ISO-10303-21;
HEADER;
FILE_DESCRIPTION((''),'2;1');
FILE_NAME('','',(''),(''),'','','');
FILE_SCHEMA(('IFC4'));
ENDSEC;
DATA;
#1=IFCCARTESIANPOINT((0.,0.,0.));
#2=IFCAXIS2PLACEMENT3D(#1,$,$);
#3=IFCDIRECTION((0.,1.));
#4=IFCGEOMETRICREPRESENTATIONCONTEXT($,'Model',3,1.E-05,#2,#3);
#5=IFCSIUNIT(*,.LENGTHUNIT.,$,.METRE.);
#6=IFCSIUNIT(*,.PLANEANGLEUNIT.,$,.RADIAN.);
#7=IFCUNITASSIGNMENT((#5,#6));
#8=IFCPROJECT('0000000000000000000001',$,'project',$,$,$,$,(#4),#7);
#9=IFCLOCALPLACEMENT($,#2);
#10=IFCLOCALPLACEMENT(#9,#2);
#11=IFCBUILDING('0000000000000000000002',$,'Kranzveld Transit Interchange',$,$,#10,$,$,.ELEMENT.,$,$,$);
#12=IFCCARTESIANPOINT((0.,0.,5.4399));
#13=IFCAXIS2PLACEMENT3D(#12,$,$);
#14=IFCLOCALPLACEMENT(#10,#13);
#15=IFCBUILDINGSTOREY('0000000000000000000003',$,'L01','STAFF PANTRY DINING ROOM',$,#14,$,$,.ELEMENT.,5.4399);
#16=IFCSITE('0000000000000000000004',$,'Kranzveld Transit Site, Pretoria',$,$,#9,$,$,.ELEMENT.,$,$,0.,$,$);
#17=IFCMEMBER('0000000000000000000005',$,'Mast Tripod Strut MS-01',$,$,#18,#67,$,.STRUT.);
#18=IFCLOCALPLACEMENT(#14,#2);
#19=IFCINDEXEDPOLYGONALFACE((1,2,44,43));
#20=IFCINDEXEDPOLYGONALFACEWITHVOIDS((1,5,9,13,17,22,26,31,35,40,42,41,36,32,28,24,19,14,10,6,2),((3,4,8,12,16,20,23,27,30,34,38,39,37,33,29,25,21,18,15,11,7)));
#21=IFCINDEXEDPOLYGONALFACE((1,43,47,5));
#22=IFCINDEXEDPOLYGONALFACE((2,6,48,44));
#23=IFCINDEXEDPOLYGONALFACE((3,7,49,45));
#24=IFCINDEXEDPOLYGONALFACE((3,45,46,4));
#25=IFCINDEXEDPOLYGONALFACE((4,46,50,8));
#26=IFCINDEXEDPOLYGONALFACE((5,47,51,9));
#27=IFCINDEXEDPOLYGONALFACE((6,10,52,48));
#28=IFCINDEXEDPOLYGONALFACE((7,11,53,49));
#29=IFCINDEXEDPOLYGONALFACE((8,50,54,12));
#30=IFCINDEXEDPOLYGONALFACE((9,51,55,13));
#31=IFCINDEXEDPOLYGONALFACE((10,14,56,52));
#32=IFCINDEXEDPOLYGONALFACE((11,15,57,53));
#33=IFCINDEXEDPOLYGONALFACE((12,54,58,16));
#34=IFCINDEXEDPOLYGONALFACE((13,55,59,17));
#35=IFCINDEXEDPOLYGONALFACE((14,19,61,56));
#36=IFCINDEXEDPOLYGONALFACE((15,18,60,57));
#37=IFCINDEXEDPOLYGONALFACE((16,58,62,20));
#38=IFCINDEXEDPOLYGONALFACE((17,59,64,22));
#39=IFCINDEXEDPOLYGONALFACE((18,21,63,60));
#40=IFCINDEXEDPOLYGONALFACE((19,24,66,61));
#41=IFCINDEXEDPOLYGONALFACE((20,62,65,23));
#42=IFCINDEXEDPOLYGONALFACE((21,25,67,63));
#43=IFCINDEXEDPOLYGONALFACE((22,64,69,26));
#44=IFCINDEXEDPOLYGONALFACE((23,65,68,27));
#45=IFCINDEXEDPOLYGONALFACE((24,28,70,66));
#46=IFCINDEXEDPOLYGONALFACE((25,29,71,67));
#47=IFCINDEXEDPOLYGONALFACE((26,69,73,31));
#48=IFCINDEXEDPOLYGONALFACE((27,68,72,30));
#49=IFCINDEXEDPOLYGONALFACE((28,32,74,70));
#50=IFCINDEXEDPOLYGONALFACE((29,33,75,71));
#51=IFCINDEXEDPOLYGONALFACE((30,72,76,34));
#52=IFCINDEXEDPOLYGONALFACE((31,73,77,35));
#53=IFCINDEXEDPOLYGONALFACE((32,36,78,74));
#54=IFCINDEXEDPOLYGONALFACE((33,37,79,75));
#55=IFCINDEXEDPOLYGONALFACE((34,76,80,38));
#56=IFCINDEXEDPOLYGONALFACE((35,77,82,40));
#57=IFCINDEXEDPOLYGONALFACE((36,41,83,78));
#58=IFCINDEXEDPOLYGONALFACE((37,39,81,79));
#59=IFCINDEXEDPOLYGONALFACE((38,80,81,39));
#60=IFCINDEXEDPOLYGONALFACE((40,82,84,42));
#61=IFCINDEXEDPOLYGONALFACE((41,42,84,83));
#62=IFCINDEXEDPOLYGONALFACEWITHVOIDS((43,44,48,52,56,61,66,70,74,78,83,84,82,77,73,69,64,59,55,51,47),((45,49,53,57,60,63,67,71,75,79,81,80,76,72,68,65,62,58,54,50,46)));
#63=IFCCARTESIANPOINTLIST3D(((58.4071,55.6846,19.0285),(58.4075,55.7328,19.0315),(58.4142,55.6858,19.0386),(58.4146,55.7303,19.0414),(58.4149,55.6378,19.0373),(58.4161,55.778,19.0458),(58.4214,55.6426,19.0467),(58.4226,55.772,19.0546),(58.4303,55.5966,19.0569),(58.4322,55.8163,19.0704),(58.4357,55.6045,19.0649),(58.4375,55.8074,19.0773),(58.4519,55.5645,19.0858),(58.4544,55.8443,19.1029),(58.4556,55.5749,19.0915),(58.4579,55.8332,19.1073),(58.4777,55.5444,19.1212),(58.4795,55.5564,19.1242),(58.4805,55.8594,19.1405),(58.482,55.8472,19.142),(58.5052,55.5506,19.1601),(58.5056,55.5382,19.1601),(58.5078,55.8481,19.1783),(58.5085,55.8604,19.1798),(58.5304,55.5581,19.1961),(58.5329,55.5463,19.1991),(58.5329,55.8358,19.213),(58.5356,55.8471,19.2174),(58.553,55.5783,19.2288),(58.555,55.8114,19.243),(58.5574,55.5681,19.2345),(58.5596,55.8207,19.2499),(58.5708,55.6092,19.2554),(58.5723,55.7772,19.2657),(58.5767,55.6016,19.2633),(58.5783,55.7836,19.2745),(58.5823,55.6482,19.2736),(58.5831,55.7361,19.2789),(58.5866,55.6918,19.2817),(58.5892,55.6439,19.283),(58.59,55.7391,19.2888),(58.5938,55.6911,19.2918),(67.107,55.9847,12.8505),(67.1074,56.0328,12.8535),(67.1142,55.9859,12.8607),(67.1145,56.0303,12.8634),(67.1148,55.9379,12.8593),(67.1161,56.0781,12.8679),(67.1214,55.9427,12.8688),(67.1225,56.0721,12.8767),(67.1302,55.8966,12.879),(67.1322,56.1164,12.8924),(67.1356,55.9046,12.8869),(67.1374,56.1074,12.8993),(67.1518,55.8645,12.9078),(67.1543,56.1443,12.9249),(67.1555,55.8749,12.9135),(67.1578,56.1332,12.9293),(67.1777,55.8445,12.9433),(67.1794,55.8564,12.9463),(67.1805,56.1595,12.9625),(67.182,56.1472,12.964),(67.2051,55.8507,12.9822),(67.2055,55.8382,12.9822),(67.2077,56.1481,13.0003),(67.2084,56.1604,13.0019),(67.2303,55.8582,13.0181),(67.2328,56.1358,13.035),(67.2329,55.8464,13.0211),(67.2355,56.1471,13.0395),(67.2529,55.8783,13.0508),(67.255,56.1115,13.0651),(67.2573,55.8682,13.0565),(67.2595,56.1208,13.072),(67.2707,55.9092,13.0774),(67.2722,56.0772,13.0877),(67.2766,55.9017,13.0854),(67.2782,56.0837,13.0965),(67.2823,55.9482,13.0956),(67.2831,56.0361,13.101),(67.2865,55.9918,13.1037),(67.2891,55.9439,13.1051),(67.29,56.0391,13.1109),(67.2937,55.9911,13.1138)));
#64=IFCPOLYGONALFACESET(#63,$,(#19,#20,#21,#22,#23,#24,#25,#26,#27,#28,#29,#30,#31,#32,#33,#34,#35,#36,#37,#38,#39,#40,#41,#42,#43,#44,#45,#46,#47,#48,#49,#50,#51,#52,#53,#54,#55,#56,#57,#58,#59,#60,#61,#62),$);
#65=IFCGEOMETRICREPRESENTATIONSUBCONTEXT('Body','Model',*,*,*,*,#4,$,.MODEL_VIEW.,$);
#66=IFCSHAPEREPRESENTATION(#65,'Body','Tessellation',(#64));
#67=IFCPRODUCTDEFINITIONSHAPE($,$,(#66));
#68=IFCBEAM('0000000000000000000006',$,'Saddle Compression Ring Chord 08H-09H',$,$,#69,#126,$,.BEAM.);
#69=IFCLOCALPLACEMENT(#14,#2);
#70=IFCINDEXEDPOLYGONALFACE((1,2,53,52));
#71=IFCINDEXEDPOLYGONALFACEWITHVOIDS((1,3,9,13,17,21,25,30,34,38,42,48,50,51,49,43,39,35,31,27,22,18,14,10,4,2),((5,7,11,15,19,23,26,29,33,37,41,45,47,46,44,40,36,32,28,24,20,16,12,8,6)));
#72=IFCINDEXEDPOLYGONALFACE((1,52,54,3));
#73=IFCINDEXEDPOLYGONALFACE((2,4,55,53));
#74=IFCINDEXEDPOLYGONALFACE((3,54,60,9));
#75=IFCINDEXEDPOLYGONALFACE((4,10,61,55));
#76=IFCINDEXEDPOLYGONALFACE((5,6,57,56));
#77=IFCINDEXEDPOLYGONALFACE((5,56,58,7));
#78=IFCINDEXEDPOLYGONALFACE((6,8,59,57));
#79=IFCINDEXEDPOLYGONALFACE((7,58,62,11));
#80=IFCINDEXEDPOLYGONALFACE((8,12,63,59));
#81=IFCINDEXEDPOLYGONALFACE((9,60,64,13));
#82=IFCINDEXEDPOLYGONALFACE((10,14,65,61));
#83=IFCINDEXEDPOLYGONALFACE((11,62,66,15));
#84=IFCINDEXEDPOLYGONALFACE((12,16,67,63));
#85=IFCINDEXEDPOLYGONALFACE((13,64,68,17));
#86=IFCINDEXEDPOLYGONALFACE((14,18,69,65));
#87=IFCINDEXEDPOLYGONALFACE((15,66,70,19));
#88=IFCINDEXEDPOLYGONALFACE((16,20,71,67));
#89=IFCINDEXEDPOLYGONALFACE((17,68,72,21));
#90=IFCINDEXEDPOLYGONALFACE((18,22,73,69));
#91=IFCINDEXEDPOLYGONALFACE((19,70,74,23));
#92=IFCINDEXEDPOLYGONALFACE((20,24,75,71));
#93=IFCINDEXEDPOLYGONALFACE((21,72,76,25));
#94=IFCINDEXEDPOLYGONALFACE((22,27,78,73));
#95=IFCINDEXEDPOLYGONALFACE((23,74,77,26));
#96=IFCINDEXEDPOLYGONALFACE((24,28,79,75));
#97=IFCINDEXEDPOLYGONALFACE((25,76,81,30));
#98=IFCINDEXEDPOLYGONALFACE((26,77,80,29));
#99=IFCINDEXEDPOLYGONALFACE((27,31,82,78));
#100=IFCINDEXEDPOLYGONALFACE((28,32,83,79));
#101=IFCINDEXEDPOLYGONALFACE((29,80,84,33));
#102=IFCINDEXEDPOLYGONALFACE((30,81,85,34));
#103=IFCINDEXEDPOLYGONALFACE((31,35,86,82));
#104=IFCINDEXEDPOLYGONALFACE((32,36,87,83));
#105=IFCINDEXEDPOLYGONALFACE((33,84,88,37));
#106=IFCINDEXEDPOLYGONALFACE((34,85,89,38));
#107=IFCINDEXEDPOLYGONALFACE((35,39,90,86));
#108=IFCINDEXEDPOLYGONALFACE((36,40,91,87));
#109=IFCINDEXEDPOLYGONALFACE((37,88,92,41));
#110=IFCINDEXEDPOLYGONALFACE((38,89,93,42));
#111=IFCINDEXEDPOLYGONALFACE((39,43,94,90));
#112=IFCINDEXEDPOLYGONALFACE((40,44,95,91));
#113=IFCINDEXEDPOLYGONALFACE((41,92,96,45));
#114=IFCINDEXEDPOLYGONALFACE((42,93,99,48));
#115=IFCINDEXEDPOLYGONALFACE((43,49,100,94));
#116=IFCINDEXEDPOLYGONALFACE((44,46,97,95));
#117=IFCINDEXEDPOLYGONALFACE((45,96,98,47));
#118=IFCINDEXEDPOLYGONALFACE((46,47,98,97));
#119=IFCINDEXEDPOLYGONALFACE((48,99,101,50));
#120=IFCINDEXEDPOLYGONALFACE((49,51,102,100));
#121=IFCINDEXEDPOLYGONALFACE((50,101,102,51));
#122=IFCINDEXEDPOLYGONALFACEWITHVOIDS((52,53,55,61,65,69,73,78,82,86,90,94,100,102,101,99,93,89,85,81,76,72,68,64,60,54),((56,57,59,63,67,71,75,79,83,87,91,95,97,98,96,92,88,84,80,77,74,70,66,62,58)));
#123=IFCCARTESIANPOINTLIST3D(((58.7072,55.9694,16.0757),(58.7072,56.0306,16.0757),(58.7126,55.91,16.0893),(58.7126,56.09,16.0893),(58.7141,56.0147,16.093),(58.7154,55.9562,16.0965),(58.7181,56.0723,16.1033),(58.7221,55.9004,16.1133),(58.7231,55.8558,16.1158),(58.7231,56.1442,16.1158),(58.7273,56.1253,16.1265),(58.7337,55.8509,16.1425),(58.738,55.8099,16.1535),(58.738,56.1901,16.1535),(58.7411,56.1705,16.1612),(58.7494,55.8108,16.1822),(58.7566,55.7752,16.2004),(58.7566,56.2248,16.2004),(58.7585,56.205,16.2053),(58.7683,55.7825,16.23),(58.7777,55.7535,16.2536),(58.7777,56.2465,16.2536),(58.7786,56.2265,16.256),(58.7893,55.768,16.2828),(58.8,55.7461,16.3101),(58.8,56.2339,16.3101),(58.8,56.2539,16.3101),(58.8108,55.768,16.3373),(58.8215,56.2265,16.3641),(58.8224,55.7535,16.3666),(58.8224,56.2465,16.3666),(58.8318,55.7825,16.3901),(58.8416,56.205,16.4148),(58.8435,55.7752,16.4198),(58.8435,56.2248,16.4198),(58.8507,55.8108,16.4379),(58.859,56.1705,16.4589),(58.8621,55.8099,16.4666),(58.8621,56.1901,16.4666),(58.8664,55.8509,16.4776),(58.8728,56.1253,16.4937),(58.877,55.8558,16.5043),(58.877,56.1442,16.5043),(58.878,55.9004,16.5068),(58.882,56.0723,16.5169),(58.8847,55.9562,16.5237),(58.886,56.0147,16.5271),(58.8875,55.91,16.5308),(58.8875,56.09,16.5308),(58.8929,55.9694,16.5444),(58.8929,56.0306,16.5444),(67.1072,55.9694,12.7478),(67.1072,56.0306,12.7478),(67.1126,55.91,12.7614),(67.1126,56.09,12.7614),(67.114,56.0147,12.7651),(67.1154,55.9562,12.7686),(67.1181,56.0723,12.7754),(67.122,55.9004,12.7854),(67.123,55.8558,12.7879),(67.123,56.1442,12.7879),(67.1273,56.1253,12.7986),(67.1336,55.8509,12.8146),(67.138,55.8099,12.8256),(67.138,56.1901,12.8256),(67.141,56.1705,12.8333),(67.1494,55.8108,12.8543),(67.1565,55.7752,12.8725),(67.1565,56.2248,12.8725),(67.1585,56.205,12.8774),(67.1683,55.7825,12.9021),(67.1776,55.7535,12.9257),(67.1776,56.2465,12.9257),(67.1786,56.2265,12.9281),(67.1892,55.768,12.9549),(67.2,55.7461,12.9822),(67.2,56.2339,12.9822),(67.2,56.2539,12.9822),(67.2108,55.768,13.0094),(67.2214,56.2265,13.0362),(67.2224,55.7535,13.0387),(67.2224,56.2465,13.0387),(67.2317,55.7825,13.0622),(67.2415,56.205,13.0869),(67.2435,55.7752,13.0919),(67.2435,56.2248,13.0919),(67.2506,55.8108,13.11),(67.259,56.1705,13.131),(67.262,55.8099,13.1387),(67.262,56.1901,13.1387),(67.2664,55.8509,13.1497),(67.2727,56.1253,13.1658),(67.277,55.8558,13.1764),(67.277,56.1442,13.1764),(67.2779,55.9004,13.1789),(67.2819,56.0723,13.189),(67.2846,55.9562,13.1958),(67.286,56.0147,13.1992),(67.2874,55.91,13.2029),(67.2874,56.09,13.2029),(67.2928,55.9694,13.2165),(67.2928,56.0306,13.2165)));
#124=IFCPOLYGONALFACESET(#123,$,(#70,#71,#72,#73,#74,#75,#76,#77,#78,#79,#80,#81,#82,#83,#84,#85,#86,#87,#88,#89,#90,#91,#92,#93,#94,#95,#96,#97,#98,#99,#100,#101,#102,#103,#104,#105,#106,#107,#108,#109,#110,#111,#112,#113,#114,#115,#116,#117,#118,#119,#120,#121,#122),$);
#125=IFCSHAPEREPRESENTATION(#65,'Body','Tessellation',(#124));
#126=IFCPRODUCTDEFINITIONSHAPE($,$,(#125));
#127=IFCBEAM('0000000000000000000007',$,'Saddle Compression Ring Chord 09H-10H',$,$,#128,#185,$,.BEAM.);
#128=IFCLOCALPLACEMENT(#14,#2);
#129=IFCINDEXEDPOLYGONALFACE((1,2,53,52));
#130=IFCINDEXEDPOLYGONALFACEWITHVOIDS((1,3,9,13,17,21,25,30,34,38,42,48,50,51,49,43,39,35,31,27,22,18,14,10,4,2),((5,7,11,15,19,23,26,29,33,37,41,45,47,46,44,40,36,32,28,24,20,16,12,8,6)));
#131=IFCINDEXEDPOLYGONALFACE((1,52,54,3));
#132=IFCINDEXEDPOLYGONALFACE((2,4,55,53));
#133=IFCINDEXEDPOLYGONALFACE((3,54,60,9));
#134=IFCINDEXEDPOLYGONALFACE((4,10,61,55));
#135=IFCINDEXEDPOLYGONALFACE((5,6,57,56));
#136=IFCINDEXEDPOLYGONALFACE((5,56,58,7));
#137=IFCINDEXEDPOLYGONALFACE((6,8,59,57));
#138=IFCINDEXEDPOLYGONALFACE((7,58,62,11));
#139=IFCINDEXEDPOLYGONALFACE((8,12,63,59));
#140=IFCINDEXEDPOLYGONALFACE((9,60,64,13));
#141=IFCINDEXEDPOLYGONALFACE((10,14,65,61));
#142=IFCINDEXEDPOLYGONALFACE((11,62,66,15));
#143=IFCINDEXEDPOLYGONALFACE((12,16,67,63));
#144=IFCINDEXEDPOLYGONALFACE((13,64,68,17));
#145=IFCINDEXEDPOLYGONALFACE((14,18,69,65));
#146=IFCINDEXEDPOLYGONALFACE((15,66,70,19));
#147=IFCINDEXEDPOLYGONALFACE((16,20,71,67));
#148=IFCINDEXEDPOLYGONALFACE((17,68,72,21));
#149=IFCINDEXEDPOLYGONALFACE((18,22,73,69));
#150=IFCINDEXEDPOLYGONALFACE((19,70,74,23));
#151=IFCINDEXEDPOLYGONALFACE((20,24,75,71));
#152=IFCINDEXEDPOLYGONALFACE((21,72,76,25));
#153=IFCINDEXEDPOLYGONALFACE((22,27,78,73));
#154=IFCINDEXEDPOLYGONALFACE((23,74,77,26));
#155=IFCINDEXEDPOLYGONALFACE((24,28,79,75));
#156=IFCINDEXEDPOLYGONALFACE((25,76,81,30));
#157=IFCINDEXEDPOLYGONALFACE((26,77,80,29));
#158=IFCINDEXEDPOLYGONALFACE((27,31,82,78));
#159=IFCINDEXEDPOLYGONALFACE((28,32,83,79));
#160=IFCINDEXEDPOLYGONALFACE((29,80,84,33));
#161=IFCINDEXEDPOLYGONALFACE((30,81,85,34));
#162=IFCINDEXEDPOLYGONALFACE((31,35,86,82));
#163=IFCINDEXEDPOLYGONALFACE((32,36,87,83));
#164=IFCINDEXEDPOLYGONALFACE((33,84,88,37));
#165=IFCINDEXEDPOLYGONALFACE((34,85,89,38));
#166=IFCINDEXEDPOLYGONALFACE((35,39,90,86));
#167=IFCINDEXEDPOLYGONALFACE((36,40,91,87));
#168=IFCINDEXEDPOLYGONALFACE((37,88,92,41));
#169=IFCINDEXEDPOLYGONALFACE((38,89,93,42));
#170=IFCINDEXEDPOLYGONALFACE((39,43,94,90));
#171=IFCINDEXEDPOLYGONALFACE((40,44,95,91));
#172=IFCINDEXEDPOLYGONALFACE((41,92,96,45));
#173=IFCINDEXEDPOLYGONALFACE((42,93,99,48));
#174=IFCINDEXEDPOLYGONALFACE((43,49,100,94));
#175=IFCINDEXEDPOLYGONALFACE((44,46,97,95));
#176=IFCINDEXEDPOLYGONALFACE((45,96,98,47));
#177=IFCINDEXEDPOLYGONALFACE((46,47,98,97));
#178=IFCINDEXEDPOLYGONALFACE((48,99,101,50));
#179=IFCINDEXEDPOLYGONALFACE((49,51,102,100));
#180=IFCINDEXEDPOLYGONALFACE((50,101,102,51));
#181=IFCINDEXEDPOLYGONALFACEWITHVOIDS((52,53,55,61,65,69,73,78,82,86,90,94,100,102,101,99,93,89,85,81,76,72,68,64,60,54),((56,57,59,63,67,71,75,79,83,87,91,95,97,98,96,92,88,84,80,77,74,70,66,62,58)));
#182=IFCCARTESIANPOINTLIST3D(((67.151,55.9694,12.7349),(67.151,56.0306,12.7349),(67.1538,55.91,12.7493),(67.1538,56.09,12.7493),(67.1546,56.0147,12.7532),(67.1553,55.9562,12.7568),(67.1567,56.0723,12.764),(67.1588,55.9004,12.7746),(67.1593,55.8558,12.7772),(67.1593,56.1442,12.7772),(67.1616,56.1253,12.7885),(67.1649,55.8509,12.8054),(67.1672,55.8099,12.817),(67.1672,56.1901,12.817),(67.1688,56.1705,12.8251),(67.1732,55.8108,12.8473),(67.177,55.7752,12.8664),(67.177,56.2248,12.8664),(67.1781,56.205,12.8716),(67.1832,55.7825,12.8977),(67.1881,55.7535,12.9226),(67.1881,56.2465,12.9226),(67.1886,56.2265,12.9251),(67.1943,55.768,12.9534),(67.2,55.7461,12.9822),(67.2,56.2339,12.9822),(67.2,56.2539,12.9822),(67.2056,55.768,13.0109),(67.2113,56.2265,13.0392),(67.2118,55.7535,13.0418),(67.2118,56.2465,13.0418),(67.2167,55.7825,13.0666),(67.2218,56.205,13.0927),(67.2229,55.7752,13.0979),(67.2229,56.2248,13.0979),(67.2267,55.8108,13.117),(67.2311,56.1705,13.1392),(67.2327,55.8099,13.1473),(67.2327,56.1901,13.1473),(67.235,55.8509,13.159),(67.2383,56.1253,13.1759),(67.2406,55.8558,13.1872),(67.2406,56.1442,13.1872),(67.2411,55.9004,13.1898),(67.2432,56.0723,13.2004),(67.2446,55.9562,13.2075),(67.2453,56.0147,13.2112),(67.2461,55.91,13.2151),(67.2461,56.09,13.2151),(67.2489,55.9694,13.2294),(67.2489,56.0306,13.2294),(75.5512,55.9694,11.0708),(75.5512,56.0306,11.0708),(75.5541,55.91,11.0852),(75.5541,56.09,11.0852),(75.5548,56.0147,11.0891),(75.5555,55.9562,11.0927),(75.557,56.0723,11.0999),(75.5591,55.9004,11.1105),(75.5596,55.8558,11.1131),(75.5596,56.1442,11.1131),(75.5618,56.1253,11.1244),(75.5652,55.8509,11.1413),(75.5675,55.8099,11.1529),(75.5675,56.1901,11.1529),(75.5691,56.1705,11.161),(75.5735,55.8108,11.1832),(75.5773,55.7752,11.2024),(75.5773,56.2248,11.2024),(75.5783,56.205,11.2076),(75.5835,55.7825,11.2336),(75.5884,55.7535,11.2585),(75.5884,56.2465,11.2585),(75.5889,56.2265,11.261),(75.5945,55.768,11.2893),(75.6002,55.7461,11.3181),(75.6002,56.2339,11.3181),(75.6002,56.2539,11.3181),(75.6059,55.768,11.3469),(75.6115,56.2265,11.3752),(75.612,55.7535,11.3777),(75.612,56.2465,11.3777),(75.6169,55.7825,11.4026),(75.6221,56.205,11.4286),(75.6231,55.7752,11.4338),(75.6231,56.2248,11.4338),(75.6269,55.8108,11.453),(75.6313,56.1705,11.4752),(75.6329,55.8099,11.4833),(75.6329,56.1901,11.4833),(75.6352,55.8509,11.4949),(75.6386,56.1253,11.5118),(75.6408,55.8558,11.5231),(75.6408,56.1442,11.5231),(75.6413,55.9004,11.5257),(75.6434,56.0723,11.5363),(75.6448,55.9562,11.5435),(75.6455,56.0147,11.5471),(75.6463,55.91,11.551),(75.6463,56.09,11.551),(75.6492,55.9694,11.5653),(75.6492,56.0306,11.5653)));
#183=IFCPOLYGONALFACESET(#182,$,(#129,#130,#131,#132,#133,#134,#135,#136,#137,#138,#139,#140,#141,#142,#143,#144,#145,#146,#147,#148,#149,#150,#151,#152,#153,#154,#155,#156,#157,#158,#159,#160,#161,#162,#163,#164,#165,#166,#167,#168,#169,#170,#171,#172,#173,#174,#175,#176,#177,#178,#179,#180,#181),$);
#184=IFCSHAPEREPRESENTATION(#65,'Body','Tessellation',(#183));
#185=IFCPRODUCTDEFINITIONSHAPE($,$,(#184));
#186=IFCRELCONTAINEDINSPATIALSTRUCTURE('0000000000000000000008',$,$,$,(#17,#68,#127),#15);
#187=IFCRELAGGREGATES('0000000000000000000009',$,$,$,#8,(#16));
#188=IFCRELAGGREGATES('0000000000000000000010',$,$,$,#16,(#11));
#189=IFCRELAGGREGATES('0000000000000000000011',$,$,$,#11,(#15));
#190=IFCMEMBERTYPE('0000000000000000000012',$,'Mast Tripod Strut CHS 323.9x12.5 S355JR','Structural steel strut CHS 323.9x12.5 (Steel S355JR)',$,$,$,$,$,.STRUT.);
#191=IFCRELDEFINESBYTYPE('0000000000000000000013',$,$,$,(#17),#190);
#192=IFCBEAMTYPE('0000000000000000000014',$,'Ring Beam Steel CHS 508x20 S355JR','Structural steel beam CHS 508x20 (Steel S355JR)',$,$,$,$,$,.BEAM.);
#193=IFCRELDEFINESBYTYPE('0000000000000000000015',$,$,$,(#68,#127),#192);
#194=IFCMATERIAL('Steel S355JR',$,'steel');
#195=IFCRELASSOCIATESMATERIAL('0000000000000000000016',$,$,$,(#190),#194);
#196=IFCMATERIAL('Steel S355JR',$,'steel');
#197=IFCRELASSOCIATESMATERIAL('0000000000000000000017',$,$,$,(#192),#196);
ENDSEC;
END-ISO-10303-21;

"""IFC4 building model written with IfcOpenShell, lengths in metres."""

from ifc_helpers import new_model, si_unit, direction, frame, origin, origin_2d, place, context, subcontext, project, spatial, hollow_circle, extrude, material, material_profile, profile_set, type_object, element, save


model = new_model("IFC4")

# Units and contexts
model_context = context("Model", 3, precision=1e-05, world=origin(), true_north=direction((0.0, 1.0)))
body_context = subcontext(model_context, "Body", "Model", "MODEL_VIEW")
ifc_project = project(units=[si_unit("LENGTHUNIT", "METRE"), si_unit("PLANEANGLEUNIT", "RADIAN")], contexts=[model_context])

# Site, building, storey
site_placement = place(None, origin())
site = spatial("IfcSite", under=ifc_project, at=site_placement, Name="Kranzveld Transit Site, Pretoria", CompositionType="ELEMENT", RefElevation=0.0)
building_placement = place(site_placement, origin())
building = spatial("IfcBuilding", under=site, at=building_placement, Name="Kranzveld Transit Interchange", CompositionType="ELEMENT")
storey_placement = place(building_placement, frame((0.0, 0.0, 5.4399)))
storey = spatial("IfcBuildingStorey", under=building, at=storey_placement, Name="L01", Description="STAFF PANTRY DINING ROOM", CompositionType="ELEMENT", Elevation=5.4399)

# Member
ifc_material_1 = material(Name="Steel S355JR", Category="steel")
ifc_material_profile_1 = material_profile(ifc_material_1, hollow_circle(Radius=0.1619, WallThickness=0.0125, at=origin_2d()), Name="CHS 323.9x12.5")
ifc_profile_set_1 = profile_set([ifc_material_profile_1], Name="Steel S355JR")
member_type_1 = type_object("IfcMemberType", Name="Mast Tripod Strut CHS 323.9x12.5 S355JR", Description="Structural steel strut CHS 323.9x12.5 (Steel S355JR)", PredefinedType="STRUT", material=ifc_profile_set_1)
member_1_placement = place(storey_placement, frame((67.2, 56.0, 12.9822), z_axis=(-0.815016, -0.028109, 0.578756), x_axis=(0.034468, -0.999406, 0.0)))
element("IfcMember", 1, at=member_1_placement, inside=storey, type_object=member_type_1, Name="Mast Tripod Strut MS-01", PredefinedType="STRUT", context=body_context, shape_type="SweptSolid", body=[
    extrude(hollow_circle(Radius=0.1619, WallThickness=0.0125, at=origin_2d()), origin(), (0.0, 0.0, 1.0), 10.6746),
])

# Beams
ifc_material_2 = material(Name="Steel S355JR", Category="steel")
ifc_material_profile_2 = material_profile(ifc_material_2, hollow_circle(Radius=0.2539, WallThickness=0.02, at=origin_2d()), Name="CHS 508x20")
ifc_profile_set_2 = profile_set([ifc_material_profile_2], Name="Steel S355JR")
beam_type_1 = type_object("IfcBeamType", Name="Ring Beam Steel CHS 508x20 S355JR", Description="Structural steel beam CHS 508x20 (Steel S355JR)", PredefinedType="BEAM", material=ifc_profile_set_2)
beam_1_placement = place(storey_placement, frame((58.8, 56.0, 16.3101), z_axis=(0.929696, 0.0, -0.368328), x_axis=(0.0, 1.0, 0.0)))
element("IfcBeam", 2, at=beam_1_placement, inside=storey, type_object=beam_type_1, Name="Saddle Compression Ring Chord 08H-09H", PredefinedType="BEAM", context=body_context, shape_type="SweptSolid", body=[
    extrude(hollow_circle(Radius=0.2539, WallThickness=0.02, at=origin_2d()), origin(), (0.0, 0.0, 1.0), 9.0352),
])
beam_2_placement = place(storey_placement, frame((67.2, 56.0, 12.9822), z_axis=(0.980938, 0.0, -0.194323), x_axis=(0.0, 1.0, 0.0)))
element("IfcBeam", 3, at=beam_2_placement, inside=storey, type_object=beam_type_1, Name="Saddle Compression Ring Chord 09H-10H", PredefinedType="BEAM", context=body_context, shape_type="SweptSolid", body=[
    extrude(hollow_circle(Radius=0.2539, WallThickness=0.02, at=origin_2d()), origin(), (0.0, 0.0, 1.0), 8.5635),
])

save(model, "model.ifc")
